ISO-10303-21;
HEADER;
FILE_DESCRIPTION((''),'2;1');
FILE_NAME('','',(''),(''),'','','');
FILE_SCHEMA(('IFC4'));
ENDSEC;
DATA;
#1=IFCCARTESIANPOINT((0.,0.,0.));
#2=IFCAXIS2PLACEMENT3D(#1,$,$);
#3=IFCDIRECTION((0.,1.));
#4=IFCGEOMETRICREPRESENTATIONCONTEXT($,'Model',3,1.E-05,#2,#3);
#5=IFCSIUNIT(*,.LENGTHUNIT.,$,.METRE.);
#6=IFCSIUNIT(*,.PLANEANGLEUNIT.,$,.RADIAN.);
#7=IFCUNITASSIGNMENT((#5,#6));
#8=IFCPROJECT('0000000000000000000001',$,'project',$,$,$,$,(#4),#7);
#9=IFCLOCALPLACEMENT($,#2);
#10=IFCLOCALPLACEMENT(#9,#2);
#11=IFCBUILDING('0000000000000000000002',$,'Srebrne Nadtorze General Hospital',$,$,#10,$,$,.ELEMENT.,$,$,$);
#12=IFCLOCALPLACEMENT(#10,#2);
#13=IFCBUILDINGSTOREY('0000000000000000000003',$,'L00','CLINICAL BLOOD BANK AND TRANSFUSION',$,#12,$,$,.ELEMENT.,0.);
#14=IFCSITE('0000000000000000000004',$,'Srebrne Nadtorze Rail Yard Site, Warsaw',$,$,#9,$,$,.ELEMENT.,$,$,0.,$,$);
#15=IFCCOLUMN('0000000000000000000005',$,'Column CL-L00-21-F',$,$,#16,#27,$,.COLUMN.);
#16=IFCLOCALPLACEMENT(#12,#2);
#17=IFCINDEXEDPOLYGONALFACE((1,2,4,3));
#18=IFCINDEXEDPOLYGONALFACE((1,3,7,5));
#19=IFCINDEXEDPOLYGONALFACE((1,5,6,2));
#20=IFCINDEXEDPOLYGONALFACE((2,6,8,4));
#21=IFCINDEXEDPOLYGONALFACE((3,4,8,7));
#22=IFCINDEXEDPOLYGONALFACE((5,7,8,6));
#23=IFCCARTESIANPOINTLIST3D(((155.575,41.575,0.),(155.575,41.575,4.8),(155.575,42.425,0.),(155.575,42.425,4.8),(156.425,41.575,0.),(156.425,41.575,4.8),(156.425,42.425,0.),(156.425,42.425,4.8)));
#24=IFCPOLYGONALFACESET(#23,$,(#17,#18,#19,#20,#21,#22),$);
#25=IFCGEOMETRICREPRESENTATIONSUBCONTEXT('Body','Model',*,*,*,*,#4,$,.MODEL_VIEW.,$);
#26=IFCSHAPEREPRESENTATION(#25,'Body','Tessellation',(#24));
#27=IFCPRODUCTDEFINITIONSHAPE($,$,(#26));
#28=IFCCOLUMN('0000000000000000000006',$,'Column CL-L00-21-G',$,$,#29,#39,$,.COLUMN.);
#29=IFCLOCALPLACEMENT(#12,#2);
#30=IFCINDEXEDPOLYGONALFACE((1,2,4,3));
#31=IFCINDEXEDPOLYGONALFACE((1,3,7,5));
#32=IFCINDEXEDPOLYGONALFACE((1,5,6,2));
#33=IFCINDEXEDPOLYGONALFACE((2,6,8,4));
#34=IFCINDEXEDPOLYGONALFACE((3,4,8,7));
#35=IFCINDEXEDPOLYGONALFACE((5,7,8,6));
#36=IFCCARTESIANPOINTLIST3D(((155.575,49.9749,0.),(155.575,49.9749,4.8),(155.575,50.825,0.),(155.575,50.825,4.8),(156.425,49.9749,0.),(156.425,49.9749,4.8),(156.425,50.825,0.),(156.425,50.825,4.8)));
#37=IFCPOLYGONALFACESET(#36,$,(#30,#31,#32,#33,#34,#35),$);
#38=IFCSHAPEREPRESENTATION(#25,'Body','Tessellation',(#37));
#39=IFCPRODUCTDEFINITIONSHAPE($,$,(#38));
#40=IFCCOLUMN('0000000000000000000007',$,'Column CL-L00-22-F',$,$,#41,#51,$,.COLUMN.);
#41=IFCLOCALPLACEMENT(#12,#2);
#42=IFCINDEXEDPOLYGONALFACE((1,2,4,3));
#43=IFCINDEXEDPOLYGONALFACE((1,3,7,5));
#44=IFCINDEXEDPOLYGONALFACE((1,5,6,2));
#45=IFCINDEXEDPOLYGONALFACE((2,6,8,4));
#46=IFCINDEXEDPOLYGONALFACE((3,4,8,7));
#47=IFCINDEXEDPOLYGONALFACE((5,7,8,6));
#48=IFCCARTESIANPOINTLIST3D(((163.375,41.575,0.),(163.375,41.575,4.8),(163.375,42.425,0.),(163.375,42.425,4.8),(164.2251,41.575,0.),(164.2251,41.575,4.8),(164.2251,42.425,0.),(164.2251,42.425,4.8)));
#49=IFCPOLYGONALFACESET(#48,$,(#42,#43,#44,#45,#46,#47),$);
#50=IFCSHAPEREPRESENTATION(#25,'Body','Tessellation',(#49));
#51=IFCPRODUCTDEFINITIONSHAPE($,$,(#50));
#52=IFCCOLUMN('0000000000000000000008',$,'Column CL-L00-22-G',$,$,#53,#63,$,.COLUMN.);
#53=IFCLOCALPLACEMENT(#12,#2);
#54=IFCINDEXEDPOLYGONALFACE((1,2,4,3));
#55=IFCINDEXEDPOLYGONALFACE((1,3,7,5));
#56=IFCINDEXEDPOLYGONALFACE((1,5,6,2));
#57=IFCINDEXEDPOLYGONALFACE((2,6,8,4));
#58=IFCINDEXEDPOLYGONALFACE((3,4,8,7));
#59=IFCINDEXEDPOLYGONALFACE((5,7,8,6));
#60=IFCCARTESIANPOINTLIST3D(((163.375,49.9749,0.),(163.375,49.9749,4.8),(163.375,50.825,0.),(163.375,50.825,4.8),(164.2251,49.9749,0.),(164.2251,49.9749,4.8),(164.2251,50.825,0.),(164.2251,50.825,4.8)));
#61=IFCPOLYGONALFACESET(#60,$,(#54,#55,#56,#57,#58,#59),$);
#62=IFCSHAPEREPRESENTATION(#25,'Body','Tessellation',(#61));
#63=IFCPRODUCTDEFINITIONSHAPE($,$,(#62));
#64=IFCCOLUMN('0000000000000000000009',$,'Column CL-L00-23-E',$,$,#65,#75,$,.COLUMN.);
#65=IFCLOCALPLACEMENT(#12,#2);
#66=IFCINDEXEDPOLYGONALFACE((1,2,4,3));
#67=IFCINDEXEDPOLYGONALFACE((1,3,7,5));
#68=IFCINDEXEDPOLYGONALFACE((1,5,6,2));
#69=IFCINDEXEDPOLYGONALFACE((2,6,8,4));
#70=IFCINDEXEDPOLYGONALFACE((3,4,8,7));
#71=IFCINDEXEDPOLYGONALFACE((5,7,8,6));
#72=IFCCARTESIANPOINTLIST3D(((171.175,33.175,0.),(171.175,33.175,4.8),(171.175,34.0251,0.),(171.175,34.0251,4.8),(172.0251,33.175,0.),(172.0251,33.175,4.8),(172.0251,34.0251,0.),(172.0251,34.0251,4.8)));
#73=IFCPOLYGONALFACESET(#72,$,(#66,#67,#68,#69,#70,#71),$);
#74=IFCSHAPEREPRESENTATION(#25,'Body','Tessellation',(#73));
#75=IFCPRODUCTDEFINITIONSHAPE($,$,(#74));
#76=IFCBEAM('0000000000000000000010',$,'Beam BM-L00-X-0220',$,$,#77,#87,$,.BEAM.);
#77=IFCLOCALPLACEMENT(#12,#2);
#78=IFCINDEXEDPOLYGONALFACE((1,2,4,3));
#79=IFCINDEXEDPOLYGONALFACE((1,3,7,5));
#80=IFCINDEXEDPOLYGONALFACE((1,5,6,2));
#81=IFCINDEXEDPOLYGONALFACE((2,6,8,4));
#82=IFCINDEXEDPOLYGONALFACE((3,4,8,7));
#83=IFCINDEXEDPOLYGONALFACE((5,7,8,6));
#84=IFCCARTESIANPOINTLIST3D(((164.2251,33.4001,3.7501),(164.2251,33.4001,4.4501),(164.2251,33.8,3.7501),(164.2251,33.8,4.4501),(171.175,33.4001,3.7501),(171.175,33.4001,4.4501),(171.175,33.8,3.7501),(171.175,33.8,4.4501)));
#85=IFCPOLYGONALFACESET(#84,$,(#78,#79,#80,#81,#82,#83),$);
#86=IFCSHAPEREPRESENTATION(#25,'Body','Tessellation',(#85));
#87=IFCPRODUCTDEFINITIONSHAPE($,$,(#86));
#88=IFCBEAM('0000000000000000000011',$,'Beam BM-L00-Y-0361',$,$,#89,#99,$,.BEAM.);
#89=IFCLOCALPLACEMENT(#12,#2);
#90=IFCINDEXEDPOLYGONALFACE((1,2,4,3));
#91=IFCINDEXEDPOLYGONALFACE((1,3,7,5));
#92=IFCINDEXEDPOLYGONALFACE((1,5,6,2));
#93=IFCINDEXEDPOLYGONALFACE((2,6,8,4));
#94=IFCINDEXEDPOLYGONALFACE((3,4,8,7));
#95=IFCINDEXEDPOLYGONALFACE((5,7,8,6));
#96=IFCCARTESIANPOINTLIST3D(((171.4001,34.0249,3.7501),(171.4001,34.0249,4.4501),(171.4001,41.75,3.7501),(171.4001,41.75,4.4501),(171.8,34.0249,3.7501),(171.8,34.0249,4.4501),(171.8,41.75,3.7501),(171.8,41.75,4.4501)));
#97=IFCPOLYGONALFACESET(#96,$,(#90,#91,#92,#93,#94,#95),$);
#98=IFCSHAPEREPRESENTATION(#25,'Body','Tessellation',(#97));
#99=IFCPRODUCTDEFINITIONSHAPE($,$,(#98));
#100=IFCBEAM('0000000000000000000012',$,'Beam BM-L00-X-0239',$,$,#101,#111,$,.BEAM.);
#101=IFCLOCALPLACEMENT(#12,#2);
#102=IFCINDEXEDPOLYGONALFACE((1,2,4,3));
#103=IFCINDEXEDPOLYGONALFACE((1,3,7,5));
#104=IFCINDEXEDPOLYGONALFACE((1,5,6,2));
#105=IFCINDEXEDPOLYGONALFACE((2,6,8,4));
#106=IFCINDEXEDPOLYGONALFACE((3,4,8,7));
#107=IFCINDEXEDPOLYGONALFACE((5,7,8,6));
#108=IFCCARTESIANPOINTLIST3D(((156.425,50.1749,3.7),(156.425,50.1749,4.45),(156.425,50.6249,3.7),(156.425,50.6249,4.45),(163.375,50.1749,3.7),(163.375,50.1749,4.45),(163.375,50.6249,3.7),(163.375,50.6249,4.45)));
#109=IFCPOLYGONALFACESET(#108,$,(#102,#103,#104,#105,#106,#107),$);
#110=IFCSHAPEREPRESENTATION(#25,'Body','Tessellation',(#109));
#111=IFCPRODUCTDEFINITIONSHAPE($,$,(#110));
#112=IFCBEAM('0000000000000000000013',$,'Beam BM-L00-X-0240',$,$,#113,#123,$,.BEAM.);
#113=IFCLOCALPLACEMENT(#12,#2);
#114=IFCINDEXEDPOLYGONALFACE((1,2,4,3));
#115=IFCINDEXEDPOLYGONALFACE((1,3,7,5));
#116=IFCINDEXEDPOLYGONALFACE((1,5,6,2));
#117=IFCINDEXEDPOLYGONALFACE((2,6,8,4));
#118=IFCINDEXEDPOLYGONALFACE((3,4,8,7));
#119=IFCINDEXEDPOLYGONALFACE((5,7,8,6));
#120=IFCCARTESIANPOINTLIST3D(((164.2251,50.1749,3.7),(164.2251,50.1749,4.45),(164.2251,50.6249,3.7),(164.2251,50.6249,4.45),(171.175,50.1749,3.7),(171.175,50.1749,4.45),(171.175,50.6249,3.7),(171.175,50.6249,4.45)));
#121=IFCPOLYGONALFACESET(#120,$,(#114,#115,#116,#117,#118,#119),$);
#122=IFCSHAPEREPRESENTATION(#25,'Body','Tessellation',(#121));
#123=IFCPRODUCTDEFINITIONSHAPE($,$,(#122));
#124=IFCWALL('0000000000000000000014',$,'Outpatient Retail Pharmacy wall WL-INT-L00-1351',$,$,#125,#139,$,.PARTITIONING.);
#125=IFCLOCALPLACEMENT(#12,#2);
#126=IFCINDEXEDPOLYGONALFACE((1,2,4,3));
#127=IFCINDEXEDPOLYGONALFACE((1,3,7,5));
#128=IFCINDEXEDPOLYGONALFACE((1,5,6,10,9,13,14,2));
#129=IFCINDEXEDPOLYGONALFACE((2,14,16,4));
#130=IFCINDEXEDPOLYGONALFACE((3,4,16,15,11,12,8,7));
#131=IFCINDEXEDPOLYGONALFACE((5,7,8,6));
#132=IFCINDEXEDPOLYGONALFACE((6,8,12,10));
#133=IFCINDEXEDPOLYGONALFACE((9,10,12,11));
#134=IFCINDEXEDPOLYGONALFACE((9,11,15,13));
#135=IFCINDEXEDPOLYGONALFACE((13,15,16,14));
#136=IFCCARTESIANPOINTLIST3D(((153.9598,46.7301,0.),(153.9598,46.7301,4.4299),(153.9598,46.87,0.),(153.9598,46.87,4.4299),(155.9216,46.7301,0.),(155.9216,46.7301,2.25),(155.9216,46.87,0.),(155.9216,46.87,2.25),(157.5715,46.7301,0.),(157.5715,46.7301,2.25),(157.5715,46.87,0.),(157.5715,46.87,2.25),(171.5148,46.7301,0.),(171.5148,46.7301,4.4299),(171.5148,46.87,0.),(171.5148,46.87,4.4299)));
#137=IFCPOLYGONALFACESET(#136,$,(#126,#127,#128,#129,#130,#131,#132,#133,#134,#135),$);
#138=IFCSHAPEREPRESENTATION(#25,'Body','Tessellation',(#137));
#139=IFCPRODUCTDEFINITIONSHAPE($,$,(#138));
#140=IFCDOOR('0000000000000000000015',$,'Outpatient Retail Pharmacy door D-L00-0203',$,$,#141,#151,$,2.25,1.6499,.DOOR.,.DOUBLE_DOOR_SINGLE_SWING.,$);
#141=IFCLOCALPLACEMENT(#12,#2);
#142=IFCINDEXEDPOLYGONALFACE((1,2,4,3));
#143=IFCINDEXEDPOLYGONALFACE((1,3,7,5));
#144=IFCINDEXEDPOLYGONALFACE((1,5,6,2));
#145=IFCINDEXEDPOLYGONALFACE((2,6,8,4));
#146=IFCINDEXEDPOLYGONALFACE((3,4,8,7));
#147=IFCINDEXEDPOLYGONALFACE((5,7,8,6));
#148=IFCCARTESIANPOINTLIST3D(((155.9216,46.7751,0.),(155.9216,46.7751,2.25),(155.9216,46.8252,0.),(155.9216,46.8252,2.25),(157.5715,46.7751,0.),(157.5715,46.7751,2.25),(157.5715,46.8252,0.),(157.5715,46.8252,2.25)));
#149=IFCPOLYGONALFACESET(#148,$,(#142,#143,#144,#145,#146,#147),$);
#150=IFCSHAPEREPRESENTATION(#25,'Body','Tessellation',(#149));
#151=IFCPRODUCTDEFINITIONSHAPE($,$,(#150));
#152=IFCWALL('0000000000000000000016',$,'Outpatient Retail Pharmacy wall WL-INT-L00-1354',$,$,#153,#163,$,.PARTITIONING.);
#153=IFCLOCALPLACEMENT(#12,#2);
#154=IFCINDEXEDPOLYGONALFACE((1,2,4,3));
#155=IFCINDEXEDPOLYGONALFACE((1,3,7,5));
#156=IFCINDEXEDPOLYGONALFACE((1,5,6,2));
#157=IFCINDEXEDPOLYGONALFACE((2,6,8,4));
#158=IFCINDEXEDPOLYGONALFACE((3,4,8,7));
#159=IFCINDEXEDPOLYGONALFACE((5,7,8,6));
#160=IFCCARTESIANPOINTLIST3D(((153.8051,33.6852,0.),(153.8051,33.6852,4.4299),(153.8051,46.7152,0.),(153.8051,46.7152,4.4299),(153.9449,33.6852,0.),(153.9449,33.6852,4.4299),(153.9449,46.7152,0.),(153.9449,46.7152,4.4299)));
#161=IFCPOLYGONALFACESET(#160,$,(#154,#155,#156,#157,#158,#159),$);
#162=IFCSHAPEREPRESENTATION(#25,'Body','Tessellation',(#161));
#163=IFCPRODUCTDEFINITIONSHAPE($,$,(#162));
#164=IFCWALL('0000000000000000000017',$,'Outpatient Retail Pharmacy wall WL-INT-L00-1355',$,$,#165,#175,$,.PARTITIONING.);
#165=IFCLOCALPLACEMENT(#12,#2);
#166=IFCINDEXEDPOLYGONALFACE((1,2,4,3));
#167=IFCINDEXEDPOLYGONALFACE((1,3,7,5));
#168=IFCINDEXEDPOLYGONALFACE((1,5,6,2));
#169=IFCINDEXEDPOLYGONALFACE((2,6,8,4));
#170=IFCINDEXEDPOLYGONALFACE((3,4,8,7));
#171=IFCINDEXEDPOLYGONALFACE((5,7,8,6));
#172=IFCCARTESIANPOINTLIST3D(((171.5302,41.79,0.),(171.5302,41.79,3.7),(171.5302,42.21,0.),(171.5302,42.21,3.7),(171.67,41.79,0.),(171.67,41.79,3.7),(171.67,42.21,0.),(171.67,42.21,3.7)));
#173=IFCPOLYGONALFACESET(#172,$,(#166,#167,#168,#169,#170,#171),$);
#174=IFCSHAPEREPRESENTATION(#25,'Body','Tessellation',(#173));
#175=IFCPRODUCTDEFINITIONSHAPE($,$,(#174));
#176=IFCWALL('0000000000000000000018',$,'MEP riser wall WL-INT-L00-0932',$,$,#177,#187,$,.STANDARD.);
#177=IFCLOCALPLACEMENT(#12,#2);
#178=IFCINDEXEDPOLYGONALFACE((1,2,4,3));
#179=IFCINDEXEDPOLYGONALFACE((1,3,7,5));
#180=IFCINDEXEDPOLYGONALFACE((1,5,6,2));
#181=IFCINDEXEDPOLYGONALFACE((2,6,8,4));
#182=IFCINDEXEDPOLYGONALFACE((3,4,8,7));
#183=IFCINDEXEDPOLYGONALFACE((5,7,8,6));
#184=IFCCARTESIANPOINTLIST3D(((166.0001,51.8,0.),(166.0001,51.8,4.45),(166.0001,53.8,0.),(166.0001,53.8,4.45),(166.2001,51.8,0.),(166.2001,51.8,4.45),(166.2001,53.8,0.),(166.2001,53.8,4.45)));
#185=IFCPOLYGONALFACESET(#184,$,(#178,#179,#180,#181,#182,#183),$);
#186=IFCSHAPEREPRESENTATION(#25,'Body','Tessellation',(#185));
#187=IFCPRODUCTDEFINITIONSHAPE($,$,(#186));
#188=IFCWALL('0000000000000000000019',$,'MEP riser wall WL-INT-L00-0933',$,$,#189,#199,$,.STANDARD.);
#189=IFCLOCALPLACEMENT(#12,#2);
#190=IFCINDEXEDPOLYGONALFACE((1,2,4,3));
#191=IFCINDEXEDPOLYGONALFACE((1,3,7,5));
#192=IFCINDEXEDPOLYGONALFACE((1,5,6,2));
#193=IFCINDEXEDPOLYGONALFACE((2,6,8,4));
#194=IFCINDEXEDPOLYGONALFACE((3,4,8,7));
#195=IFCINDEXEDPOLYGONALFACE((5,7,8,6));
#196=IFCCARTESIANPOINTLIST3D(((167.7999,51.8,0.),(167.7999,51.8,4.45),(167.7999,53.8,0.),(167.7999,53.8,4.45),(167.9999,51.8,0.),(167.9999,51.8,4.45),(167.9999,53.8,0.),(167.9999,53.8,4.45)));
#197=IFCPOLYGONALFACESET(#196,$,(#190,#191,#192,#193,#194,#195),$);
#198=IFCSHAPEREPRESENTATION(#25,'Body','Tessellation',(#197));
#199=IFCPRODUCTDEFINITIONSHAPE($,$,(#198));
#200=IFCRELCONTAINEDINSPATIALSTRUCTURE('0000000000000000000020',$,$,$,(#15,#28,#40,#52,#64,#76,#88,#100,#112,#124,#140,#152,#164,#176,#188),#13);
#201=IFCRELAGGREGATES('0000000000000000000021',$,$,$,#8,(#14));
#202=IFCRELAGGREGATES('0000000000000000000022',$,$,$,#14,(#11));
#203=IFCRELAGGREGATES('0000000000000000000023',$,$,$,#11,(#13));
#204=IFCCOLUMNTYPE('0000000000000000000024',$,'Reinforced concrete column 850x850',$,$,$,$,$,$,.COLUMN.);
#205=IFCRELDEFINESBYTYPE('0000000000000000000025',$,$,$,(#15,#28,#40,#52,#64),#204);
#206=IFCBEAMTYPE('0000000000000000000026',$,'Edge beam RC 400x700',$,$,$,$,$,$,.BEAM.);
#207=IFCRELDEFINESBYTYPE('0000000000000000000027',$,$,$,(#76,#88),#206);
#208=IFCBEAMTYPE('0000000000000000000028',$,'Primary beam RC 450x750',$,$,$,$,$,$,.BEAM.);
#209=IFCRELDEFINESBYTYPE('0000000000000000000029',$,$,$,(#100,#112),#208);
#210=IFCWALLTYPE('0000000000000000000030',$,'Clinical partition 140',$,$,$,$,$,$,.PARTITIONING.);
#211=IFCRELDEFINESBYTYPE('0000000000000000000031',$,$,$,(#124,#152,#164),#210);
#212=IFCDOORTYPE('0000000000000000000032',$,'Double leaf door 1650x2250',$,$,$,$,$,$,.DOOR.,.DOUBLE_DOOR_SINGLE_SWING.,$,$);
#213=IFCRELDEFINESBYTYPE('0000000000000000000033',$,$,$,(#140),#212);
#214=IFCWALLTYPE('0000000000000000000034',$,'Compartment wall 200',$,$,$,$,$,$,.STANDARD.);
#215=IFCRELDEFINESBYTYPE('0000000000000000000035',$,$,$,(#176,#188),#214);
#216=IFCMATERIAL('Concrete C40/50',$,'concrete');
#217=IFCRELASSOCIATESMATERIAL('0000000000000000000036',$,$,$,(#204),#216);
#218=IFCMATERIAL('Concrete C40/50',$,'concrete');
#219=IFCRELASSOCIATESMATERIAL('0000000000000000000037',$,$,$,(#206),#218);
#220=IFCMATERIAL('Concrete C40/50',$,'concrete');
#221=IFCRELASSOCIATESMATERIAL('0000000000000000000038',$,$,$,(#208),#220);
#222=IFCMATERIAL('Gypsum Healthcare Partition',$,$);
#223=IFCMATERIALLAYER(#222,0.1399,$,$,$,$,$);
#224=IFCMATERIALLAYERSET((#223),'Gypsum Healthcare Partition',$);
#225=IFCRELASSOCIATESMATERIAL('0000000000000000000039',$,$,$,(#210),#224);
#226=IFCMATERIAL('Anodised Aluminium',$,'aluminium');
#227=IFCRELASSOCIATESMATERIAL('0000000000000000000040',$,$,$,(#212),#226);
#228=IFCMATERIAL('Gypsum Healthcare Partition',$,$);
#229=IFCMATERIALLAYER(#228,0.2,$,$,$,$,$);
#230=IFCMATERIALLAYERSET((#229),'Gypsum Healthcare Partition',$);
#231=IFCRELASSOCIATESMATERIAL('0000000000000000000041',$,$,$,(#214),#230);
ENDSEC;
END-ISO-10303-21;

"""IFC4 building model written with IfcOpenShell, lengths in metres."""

from ifc_helpers import new_model, si_unit, direction, frame, frame_2d, origin, origin_2d, place, context, subcontext, project, spatial, rectangle, extrude, material, layer, layer_set, material_profile, profile_set, type_object, element, fill, save


model = new_model("IFC4")

# Units and contexts
model_context = context("Model", 3, precision=1e-05, world=origin(), true_north=direction((0.0, 1.0)))
body_context = subcontext(model_context, "Body", "Model", "MODEL_VIEW")
ifc_project = project(units=[si_unit("LENGTHUNIT", "METRE"), si_unit("PLANEANGLEUNIT", "RADIAN")], contexts=[model_context])

# Site, building, storey
site_placement = place(None, origin())
site = spatial("IfcSite", under=ifc_project, at=site_placement, Name="Srebrne Nadtorze Rail Yard Site, Warsaw", CompositionType="ELEMENT", RefElevation=0.0)
building_placement = place(site_placement, origin())
building = spatial("IfcBuilding", under=site, at=building_placement, Name="Srebrne Nadtorze General Hospital", CompositionType="ELEMENT")
storey_placement = place(building_placement, origin())
storey = spatial("IfcBuildingStorey", under=building, at=storey_placement, Name="L00", Description="CLINICAL BLOOD BANK AND TRANSFUSION", CompositionType="ELEMENT", Elevation=0.0)

# Columns
ifc_material_1 = material(Name="Concrete C40/50", Category="concrete")
ifc_material_profile_1 = material_profile(ifc_material_1, rectangle(XDim=0.8501, YDim=0.8501, at=origin_2d()), Name="RC-COL-850x850")
ifc_profile_set_1 = profile_set([ifc_material_profile_1], Name="Concrete C40/50")
column_type = type_object("IfcColumnType", Name="Reinforced concrete column 850x850", PredefinedType="COLUMN", material=ifc_profile_set_1)
for number, where, z_axis, x_axis, name in (
    (1, (156.0, 42.0, 0.0), (0.0, 0.0, 1.0), (1.0, 0.0, 0.0), "Column CL-L00-21-F"),
    (2, (156.0, 50.3999, 0.0), (0.0, 0.0, 1.0), (1.0, 0.0, 0.0), "Column CL-L00-21-G"),
    (3, (163.8, 42.0, 0.0), (0.0, 0.0, 1.0), (1.0, 0.0, 0.0), "Column CL-L00-22-F"),
    (4, (163.8, 50.3999, 0.0), (0.0, 0.0, 1.0), (1.0, 0.0, 0.0), "Column CL-L00-22-G"),
    (5, (171.6001, 33.6001, 0.0), (0.0, 0.0, 1.0), (1.0, 0.0, 0.0), "Column CL-L00-23-E"),
):
    element("IfcColumn", number, at=place(storey_placement, frame(where, z_axis=z_axis, x_axis=x_axis)), inside=storey, type_object=column_type, Name=name, PredefinedType="COLUMN", context=body_context, shape_type="SweptSolid", body=[
        extrude(rectangle(XDim=0.8501, YDim=0.8501, at=origin_2d()), origin(), (0.0, 0.0, 1.0), 4.8),
    ])

# Beams
ifc_material_2 = material(Name="Concrete C40/50", Category="concrete")
ifc_material_profile_2 = material_profile(ifc_material_2, rectangle(XDim=0.3999, YDim=0.7, at=origin_2d()), Name="RC-BM-400x700")
ifc_profile_set_2 = profile_set([ifc_material_profile_2], Name="Concrete C40/50")
beam_type_1 = type_object("IfcBeamType", Name="Edge beam RC 400x700", PredefinedType="BEAM", material=ifc_profile_set_2)
beam_1_placement = place(storey_placement, frame((164.2251, 33.6001, 4.1001), z_axis=(1.0, 0.0, 0.0), x_axis=(0.0, 1.0, 0.0)))
element("IfcBeam", 6, at=beam_1_placement, inside=storey, type_object=beam_type_1, Name="Beam BM-L00-X-0220", PredefinedType="BEAM", context=body_context, shape_type="SweptSolid", body=[
    extrude(rectangle(XDim=0.3999, YDim=0.7, at=origin_2d()), origin(), (0.0, 0.0, 1.0), 6.95),
])
beam_2_placement = place(storey_placement, frame((171.6001, 34.0249, 4.1001), z_axis=(0.0, 1.0, 0.0), x_axis=(-1.0, 0.0, 0.0)))
element("IfcBeam", 7, at=beam_2_placement, inside=storey, type_object=beam_type_1, Name="Beam BM-L00-Y-0361", PredefinedType="BEAM", context=body_context, shape_type="SweptSolid", body=[
    extrude(rectangle(XDim=0.3999, YDim=0.7, at=origin_2d()), origin(), (0.0, 0.0, 1.0), 7.7251),
])
ifc_material_3 = material(Name="Concrete C40/50", Category="concrete")
ifc_material_profile_3 = material_profile(ifc_material_3, rectangle(XDim=0.45, YDim=0.75, at=origin_2d()), Name="RC-BM-450x750")
ifc_profile_set_3 = profile_set([ifc_material_profile_3], Name="Concrete C40/50")
beam_type_2 = type_object("IfcBeamType", Name="Primary beam RC 450x750", PredefinedType="BEAM", material=ifc_profile_set_3)
for number, where, z_axis, x_axis, name in (
    (8, (156.425, 50.3999, 4.075), (1.0, 0.0, 0.0), (0.0, 1.0, 0.0), "Beam BM-L00-X-0239"),
    (9, (164.2251, 50.3999, 4.075), (1.0, 0.0, 0.0), (0.0, 1.0, 0.0), "Beam BM-L00-X-0240"),
):
    element("IfcBeam", number, at=place(storey_placement, frame(where, z_axis=z_axis, x_axis=x_axis)), inside=storey, type_object=beam_type_2, Name=name, PredefinedType="BEAM", context=body_context, shape_type="SweptSolid", body=[
        extrude(rectangle(XDim=0.45, YDim=0.75, at=origin_2d()), origin(), (0.0, 0.0, 1.0), 6.95),
    ])

# Wall, opening, door
ifc_material_4 = material(Name="Gypsum Healthcare Partition")
ifc_layer_1 = layer(ifc_material_4, 0.1399)
ifc_layer_set_1 = layer_set([ifc_layer_1], Name="Gypsum Healthcare Partition")
wall_type_1 = type_object("IfcWallType", Name="Clinical partition 140", PredefinedType="PARTITIONING", material=ifc_layer_set_1)
wall_1_placement = place(storey_placement, frame((153.96, 46.8, 0.0), z_axis=(0.0, 0.0, 1.0), x_axis=(1.0, 0.0, 0.0)))
wall_1 = element("IfcWall", 10, at=wall_1_placement, inside=storey, type_object=wall_type_1, Name="Outpatient Retail Pharmacy wall WL-INT-L00-1351", PredefinedType="PARTITIONING", context=body_context, shape_type="SweptSolid", body=[
    extrude(rectangle(XDim=17.5549, YDim=0.1399, at=frame_2d((8.7773, 0.0))), origin(), (0.0, 0.0, 1.0), 4.4299),
])
opening_1_placement = place(wall_1_placement, frame((1.9617, 0.0, 0.0)))
opening_1 = element("IfcOpeningElement", 11, at=opening_1_placement, cuts=wall_1, PredefinedType="OPENING", context=body_context, shape_type="SweptSolid", body=[
    extrude(rectangle(XDim=1.6499, YDim=2.25, at=frame_2d((0.825, 1.125))), frame((0.0, 0.082, 0.0), z_axis=(0.0, -1.0, 0.0), x_axis=(1.0, 0.0, 0.0)), (0.0, 0.0, 1.0), 0.1638),
])
ifc_material_5 = material(Name="Anodised Aluminium", Category="aluminium")
door_type = type_object("IfcDoorType", Name="Double leaf door 1650x2250", OperationType="DOUBLE_DOOR_SINGLE_SWING", PredefinedType="DOOR", material=ifc_material_5)
door_placement = place(opening_1_placement, frame((1.6499, 0.0, 0.0), z_axis=(0.0, 0.0, 1.0), x_axis=(-1.0, 0.0, 0.0)))
door = element("IfcDoor", 12, at=door_placement, inside=storey, type_object=door_type, Name="Outpatient Retail Pharmacy door D-L00-0203", OperationType="DOUBLE_DOOR_SINGLE_SWING", OverallHeight=2.25, OverallWidth=1.6499, PredefinedType="DOOR", context=body_context, shape_type="SweptSolid", body=[
    extrude(rectangle(XDim=1.6499, YDim=2.25, at=frame_2d((0.825, 1.125))), frame((0.0, 0.0249, 0.0), z_axis=(0.0, -1.0, 0.0), x_axis=(1.0, 0.0, 0.0)), (0.0, 0.0, 1.0), 0.05),
])
fill(opening_1, door)

# Walls
wall_2_placement = place(storey_placement, frame((153.875, 33.6851, 0.0), z_axis=(0.0, 0.0, 1.0), x_axis=(0.0, 1.0, 0.0)))
element("IfcWall", 13, at=wall_2_placement, inside=storey, type_object=wall_type_1, Name="Outpatient Retail Pharmacy wall WL-INT-L00-1354", PredefinedType="PARTITIONING", context=body_context, shape_type="SweptSolid", body=[
    extrude(rectangle(XDim=13.03, YDim=0.1399, at=frame_2d((6.5151, 0.0))), origin(), (0.0, 0.0, 1.0), 4.4299),
])
wall_3_placement = place(storey_placement, frame((171.6001, 41.79, 0.0), z_axis=(0.0, 0.0, 1.0), x_axis=(0.0, 1.0, 0.0)))
element("IfcWall", 14, at=wall_3_placement, inside=storey, type_object=wall_type_1, Name="Outpatient Retail Pharmacy wall WL-INT-L00-1355", PredefinedType="PARTITIONING", context=body_context, shape_type="SweptSolid", body=[
    extrude(rectangle(XDim=0.4199, YDim=0.1399, at=frame_2d((0.21, 0.0))), origin(), (0.0, 0.0, 1.0), 3.7),
])
ifc_material_6 = material(Name="Gypsum Healthcare Partition")
ifc_layer_2 = layer(ifc_material_6, 0.2)
ifc_layer_set_2 = layer_set([ifc_layer_2], Name="Gypsum Healthcare Partition")
wall_type_2 = type_object("IfcWallType", Name="Compartment wall 200", PredefinedType="STANDARD", material=ifc_layer_set_2)
for number, where, z_axis, x_axis, name in (
    (15, (166.1001, 51.8, 0.0), (0.0, 0.0, 1.0), (0.0, 1.0, 0.0), "MEP riser wall WL-INT-L00-0932"),
    (16, (167.8999, 51.8, 0.0), (0.0, 0.0, 1.0), (0.0, 1.0, 0.0), "MEP riser wall WL-INT-L00-0933"),
):
    element("IfcWall", number, at=place(storey_placement, frame(where, z_axis=z_axis, x_axis=x_axis)), inside=storey, type_object=wall_type_2, Name=name, PredefinedType="STANDARD", context=body_context, shape_type="SweptSolid", body=[
        extrude(rectangle(XDim=2.0, YDim=0.2, at=frame_2d((1.0, 0.0))), origin(), (0.0, 0.0, 1.0), 4.45),
    ])

save(model, "model.ifc")
